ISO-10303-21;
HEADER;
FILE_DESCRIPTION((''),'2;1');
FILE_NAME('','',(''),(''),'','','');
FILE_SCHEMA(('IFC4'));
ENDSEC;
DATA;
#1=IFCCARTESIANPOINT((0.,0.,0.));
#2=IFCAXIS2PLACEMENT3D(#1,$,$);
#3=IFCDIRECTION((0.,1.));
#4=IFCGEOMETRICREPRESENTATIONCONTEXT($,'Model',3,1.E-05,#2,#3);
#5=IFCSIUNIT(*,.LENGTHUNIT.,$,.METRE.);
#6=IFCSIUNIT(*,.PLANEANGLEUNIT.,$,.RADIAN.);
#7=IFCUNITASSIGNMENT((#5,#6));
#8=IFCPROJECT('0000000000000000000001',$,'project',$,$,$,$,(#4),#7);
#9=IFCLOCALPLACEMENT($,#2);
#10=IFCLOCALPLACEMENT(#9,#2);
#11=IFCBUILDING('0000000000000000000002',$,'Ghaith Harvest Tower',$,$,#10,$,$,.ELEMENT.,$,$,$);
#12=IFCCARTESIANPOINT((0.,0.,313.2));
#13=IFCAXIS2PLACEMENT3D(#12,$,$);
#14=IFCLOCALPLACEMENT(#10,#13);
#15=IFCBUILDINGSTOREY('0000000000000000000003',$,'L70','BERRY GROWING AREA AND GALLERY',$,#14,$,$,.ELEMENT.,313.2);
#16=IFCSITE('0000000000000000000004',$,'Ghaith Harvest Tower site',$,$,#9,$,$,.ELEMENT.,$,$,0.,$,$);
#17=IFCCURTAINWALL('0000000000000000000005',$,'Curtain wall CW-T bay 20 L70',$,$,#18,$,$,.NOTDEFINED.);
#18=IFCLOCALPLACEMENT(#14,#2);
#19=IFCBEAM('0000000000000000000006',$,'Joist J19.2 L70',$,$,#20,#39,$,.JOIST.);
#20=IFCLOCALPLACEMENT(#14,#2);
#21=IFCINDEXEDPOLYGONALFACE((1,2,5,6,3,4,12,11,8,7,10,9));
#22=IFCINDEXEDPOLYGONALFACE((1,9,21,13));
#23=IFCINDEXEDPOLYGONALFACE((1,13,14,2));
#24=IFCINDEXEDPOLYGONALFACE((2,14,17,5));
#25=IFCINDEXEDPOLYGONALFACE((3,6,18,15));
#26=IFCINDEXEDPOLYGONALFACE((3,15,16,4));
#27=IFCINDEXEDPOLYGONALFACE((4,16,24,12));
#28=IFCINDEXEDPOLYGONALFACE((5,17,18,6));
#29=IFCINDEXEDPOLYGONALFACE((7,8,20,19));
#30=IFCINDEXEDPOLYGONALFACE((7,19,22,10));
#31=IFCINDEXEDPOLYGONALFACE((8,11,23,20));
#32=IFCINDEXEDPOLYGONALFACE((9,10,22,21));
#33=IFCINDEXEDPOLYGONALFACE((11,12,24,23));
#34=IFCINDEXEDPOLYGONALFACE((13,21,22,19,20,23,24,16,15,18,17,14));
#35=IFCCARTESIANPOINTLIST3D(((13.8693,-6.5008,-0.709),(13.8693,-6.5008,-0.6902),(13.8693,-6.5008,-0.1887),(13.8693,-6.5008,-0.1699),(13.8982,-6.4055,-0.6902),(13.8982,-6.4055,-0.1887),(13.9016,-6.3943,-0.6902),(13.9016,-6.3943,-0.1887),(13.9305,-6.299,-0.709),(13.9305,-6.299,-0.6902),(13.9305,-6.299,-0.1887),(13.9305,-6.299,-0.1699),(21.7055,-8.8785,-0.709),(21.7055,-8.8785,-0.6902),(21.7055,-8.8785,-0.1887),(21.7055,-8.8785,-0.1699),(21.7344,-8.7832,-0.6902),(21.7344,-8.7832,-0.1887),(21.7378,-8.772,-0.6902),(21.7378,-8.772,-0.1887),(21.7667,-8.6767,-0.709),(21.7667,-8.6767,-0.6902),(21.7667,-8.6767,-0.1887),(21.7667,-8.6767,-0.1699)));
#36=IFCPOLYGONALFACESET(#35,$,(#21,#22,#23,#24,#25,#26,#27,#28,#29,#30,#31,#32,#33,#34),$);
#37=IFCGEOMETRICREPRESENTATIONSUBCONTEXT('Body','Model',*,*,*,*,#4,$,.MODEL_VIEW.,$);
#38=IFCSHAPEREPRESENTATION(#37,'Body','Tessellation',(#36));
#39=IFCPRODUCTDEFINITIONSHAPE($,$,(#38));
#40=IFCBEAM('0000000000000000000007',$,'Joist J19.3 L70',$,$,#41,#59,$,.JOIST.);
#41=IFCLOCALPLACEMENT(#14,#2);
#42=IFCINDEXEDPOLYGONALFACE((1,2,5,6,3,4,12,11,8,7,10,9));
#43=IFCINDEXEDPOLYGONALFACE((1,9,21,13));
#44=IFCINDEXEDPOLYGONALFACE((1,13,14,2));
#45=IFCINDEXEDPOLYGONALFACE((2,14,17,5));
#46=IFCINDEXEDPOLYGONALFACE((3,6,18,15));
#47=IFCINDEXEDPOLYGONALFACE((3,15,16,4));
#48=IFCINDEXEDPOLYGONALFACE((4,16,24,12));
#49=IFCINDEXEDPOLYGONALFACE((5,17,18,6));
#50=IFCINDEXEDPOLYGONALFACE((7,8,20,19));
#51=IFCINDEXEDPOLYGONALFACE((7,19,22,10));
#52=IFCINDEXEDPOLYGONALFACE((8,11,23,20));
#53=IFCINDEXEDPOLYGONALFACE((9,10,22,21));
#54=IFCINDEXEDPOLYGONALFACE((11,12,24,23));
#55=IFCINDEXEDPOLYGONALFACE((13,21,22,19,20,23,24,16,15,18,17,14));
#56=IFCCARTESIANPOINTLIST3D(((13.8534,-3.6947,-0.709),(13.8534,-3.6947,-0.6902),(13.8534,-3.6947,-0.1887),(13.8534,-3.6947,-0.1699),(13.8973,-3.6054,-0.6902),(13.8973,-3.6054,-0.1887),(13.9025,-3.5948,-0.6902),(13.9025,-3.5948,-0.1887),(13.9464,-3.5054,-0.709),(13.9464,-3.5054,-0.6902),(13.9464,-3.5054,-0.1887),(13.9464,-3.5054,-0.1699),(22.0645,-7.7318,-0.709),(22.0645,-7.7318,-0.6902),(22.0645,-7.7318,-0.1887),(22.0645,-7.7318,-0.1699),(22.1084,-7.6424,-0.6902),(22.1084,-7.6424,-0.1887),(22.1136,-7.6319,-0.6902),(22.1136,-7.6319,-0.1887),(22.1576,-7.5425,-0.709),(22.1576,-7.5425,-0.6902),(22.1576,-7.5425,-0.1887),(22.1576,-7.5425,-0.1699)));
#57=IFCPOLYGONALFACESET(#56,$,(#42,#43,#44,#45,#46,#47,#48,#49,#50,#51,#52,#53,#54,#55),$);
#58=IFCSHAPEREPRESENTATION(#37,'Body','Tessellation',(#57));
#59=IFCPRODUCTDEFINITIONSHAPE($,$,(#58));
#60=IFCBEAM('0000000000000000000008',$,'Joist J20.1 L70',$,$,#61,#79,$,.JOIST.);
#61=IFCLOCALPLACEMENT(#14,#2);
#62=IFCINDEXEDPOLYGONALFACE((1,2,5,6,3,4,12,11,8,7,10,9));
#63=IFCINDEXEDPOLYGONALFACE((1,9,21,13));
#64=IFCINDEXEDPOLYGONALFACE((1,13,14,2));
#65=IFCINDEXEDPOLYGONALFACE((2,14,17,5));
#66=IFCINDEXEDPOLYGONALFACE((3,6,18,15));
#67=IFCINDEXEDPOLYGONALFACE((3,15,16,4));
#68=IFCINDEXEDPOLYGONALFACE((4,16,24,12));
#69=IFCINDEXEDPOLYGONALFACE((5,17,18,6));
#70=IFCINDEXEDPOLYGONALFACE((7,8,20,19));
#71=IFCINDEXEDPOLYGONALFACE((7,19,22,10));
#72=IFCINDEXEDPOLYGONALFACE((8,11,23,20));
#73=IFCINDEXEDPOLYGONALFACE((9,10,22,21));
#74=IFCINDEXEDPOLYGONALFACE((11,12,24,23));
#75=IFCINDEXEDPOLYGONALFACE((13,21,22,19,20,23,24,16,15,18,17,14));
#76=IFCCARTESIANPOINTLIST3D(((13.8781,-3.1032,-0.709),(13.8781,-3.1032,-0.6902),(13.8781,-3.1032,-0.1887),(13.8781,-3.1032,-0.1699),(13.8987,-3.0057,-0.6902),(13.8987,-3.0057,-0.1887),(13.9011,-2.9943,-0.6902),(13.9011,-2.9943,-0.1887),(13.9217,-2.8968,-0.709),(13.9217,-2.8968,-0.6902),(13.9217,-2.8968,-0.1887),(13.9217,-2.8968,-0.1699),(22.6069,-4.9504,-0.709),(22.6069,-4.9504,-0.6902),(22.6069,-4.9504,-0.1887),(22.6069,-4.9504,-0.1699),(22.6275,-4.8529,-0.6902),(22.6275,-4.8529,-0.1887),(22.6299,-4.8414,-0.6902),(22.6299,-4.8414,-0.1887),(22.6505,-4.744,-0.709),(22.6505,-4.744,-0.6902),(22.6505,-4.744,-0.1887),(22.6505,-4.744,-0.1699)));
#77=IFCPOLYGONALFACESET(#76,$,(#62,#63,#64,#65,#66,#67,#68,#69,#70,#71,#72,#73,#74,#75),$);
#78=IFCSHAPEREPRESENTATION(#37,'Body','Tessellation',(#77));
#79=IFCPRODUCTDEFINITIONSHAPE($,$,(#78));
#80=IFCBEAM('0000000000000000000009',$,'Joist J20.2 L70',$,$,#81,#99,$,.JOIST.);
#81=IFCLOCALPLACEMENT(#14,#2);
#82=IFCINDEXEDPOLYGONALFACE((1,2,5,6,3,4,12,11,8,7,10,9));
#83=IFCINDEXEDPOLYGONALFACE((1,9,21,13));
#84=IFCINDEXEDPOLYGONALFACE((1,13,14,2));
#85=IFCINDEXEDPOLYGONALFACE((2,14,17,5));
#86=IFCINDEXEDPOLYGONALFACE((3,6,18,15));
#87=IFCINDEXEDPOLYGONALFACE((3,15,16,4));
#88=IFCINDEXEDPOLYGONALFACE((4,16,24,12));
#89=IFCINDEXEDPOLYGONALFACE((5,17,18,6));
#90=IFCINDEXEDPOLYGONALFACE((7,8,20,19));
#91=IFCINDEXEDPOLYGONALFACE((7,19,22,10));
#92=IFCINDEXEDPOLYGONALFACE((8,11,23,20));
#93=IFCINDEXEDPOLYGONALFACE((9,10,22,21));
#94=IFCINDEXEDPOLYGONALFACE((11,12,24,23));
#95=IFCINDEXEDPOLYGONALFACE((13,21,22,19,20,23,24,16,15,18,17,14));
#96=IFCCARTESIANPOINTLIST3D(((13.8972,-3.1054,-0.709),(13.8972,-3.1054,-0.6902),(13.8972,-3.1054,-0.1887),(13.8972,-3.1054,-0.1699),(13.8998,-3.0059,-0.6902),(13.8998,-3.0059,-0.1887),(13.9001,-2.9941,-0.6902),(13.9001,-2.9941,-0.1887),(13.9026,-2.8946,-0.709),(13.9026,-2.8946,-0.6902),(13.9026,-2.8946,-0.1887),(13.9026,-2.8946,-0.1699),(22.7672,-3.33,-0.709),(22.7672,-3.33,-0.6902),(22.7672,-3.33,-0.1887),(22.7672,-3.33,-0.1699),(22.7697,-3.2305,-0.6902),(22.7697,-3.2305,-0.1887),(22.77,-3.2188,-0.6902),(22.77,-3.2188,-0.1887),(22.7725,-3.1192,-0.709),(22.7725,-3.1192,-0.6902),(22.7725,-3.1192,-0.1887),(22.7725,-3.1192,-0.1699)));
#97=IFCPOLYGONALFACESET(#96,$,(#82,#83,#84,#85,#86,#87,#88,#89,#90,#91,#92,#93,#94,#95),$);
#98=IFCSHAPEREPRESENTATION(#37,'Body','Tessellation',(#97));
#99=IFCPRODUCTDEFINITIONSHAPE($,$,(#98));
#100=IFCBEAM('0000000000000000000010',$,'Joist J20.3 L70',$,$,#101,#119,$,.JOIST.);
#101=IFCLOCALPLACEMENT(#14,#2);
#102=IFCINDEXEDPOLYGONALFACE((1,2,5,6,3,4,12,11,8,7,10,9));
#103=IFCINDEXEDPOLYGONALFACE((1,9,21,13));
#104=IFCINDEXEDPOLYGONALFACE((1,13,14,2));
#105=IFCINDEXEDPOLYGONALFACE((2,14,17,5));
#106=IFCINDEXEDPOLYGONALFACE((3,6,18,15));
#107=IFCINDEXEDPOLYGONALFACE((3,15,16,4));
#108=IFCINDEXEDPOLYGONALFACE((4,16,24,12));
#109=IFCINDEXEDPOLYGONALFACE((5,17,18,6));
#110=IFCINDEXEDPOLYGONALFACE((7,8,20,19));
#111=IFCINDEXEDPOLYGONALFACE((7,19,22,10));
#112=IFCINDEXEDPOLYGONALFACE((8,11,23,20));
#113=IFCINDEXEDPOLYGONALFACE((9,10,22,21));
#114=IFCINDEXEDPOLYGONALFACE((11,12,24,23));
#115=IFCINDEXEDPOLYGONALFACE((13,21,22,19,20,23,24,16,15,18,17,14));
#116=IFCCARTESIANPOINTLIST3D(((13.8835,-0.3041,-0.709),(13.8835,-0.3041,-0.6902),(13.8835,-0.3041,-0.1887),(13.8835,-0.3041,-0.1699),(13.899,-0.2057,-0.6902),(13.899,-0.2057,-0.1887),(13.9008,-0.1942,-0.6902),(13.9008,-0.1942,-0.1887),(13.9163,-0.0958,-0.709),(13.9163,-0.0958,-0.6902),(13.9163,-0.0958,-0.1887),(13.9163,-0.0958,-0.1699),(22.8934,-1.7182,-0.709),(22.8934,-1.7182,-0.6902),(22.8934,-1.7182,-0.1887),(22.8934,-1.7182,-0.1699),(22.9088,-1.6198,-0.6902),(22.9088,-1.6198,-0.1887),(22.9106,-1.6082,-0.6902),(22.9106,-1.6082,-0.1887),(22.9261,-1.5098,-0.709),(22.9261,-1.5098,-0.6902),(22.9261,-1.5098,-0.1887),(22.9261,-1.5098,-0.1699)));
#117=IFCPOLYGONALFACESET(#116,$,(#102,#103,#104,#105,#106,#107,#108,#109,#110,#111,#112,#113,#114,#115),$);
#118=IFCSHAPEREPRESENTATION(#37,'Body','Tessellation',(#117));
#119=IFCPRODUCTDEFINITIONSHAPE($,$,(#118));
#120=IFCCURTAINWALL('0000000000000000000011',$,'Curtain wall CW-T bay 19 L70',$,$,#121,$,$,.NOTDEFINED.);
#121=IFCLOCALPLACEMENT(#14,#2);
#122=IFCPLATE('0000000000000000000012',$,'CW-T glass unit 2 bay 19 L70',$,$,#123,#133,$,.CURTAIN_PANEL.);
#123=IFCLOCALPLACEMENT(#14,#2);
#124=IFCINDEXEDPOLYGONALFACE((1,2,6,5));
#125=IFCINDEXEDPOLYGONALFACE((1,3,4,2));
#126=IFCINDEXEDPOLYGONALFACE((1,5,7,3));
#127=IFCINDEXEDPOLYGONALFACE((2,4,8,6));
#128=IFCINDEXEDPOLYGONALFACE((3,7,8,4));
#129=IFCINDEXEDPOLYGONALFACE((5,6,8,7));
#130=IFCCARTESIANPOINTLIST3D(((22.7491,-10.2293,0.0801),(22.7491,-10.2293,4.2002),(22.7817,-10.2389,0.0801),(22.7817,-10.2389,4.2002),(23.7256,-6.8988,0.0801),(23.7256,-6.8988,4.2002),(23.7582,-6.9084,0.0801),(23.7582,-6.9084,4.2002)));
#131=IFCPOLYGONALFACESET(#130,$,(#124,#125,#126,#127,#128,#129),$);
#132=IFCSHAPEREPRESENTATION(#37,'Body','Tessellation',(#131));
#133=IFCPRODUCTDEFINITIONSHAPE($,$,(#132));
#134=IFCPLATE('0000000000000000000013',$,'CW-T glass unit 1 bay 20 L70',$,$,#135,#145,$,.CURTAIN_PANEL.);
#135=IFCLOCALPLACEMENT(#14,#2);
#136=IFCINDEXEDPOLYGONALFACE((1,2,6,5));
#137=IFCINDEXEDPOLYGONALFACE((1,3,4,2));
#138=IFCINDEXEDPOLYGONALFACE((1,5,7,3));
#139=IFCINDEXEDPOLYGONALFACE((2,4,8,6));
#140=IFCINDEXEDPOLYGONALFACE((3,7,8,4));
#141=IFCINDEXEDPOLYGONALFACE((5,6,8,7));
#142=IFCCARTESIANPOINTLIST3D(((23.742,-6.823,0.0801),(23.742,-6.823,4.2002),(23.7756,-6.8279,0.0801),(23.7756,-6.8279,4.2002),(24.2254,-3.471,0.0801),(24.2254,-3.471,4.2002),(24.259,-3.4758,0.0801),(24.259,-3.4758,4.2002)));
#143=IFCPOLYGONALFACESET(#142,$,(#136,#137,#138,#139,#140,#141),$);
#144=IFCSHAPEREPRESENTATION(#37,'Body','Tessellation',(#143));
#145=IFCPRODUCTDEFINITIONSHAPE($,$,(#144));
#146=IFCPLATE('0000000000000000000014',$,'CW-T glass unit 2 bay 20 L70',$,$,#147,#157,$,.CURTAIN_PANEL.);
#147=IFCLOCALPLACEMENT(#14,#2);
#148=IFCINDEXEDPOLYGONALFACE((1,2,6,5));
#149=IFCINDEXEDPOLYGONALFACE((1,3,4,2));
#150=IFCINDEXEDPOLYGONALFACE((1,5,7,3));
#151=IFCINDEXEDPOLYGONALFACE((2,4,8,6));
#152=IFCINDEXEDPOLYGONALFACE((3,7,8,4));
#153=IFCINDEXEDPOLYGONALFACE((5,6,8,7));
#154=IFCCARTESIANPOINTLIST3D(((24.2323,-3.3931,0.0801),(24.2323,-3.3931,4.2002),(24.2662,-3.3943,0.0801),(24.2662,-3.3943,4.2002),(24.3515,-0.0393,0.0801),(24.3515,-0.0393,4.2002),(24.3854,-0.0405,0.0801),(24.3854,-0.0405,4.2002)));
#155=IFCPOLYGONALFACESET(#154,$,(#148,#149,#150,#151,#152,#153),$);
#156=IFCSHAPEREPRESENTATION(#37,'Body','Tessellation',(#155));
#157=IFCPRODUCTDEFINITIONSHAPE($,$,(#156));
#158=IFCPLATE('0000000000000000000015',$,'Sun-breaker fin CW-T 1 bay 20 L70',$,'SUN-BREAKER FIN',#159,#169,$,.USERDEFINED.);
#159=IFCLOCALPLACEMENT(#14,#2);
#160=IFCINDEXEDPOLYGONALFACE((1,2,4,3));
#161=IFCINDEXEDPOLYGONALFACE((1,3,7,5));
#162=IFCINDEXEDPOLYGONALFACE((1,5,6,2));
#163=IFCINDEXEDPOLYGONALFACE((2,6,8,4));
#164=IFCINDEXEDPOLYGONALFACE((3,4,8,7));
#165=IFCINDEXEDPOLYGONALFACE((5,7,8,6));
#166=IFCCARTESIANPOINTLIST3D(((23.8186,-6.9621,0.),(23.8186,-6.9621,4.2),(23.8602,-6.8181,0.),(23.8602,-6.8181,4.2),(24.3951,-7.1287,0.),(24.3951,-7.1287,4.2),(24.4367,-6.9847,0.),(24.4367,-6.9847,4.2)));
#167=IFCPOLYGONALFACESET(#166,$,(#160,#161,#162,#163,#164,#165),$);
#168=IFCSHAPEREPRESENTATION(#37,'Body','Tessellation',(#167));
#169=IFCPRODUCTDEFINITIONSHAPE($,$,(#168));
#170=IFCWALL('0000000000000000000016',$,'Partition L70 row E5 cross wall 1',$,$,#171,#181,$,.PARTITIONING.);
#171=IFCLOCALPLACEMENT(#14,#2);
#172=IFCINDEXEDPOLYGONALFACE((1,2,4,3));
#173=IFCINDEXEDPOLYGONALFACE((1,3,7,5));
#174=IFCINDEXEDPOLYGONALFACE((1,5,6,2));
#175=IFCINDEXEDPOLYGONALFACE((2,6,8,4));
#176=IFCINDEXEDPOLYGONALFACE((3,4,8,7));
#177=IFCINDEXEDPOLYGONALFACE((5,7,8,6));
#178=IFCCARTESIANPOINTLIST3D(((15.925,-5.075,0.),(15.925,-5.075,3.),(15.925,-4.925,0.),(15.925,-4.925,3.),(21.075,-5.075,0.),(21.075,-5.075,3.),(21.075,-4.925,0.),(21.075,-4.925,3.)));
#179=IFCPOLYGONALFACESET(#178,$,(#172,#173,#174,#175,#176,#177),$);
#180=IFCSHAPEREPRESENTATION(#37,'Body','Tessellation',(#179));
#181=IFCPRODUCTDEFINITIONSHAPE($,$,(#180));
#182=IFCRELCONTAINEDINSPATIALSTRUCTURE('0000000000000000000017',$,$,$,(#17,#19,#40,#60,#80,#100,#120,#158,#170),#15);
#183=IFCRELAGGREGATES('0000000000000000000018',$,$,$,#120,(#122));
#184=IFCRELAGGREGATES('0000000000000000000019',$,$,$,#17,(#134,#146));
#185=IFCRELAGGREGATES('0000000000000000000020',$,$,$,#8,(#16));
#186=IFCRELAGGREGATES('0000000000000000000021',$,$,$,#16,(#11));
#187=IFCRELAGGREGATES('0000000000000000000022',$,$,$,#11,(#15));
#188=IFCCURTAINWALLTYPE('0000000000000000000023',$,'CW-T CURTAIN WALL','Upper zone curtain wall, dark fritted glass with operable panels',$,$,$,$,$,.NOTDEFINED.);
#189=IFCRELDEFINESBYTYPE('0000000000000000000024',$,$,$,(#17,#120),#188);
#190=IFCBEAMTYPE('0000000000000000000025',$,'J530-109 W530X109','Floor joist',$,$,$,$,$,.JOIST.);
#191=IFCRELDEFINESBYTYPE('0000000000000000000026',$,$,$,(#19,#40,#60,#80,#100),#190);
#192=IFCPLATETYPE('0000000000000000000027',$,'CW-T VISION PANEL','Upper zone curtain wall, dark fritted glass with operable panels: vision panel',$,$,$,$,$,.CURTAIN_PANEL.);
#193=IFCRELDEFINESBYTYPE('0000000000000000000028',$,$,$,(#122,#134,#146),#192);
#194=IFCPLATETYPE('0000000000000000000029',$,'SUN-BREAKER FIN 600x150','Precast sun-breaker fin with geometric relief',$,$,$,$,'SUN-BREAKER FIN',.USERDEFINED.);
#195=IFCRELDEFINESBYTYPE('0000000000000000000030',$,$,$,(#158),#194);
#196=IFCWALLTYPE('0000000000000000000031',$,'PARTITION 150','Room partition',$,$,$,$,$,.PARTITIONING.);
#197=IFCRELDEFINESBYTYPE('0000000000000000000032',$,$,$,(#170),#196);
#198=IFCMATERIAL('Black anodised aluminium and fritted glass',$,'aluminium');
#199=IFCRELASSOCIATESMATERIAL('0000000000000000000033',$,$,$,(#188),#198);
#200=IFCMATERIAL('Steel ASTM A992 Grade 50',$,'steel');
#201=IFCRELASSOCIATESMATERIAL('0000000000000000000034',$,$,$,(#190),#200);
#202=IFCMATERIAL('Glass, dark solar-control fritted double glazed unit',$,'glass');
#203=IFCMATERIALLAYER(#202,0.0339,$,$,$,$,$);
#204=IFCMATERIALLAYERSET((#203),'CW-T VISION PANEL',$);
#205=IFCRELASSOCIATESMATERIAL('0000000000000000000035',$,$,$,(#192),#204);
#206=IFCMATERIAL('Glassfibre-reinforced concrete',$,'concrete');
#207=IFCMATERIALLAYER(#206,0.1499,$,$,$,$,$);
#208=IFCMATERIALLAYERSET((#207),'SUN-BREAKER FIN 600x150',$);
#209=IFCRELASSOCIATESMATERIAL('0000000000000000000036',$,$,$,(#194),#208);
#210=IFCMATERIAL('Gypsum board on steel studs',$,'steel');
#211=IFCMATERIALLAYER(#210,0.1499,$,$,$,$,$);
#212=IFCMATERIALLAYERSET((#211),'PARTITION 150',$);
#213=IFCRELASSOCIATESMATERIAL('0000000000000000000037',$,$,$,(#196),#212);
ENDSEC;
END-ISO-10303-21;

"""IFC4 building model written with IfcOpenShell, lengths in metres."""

from ifc_helpers import new_model, si_unit, direction, frame, frame_2d, origin, origin_2d, place, context, subcontext, project, spatial, rectangle, i_section, extrude, material, layer, layer_set, material_profile, profile_set, type_object, element, aggregate, save


model = new_model("IFC4")

# Units and contexts
model_context = context("Model", 3, precision=1e-05, world=origin(), true_north=direction((0.0, 1.0)))
body_context = subcontext(model_context, "Body", "Model", "MODEL_VIEW")
ifc_project = project(units=[si_unit("LENGTHUNIT", "METRE"), si_unit("PLANEANGLEUNIT", "RADIAN")], contexts=[model_context])

# Site, building, storey
site_placement = place(None, origin())
site = spatial("IfcSite", under=ifc_project, at=site_placement, Name="Ghaith Harvest Tower site", CompositionType="ELEMENT", RefElevation=0.0)
building_placement = place(site_placement, origin())
building = spatial("IfcBuilding", under=site, at=building_placement, Name="Ghaith Harvest Tower", CompositionType="ELEMENT")
storey_placement = place(building_placement, frame((0.0, 0.0, 313.2)))
storey = spatial("IfcBuildingStorey", under=building, at=storey_placement, Name="L70", Description="BERRY GROWING AREA AND GALLERY", CompositionType="ELEMENT", Elevation=313.2)

# Curtain wall
ifc_material_1 = material(Name="Black anodised aluminium and fritted glass", Category="aluminium")
curtain_wall_type = type_object("IfcCurtainWallType", Name="CW-T CURTAIN WALL", Description="Upper zone curtain wall, dark fritted glass with operable panels", PredefinedType="NOTDEFINED", material=ifc_material_1)
curtain_wall_1_placement = place(storey_placement, origin())
curtain_wall_1 = element("IfcCurtainWall", 1, at=curtain_wall_1_placement, inside=storey, type_object=curtain_wall_type, Name="Curtain wall CW-T bay 20 L70", PredefinedType="NOTDEFINED")

# Beams
ifc_material_2 = material(Name="Steel ASTM A992 Grade 50", Category="steel")
ifc_material_profile_1 = material_profile(ifc_material_2, i_section(OverallWidth=0.2109, OverallDepth=0.5391, WebThickness=0.0117, FlangeThickness=0.0188, at=origin_2d()), Name="W530X109")
ifc_profile_set_1 = profile_set([ifc_material_profile_1], Name="Steel ASTM A992 Grade 50")
beam_type_1 = type_object("IfcBeamType", Name="J530-109 W530X109", Description="Floor joist", PredefinedType="JOIST", material=ifc_profile_set_1)
beam_1_placement = place(storey_placement, frame((13.8999, -6.3999, -0.4395), z_axis=(0.95692, -0.290352, 0.0), x_axis=(0.290352, 0.95692, 0.0)))
element("IfcBeam", 2, at=beam_1_placement, inside=storey, type_object=beam_type_1, Name="Joist J19.2 L70", PredefinedType="JOIST", context=body_context, shape_type="SweptSolid", body=[
    extrude(i_section(OverallWidth=0.2109, OverallDepth=0.5391, WebThickness=0.0117, FlangeThickness=0.0188, at=origin_2d()), origin(), (0.0, 0.0, 1.0), 8.189),
])
beam_2_placement = place(storey_placement, frame((13.8999, -3.6001, -0.4395), z_axis=(0.897401, -0.441216, 0.0), x_axis=(0.441216, 0.897401, 0.0)))
element("IfcBeam", 3, at=beam_2_placement, inside=storey, type_object=beam_type_1, Name="Joist J19.3 L70", PredefinedType="JOIST", context=body_context, shape_type="SweptSolid", body=[
    extrude(i_section(OverallWidth=0.2109, OverallDepth=0.5391, WebThickness=0.0117, FlangeThickness=0.0188, at=origin_2d()), origin(), (0.0, 0.0, 1.0), 9.1499),
])
beam_3_placement = place(storey_placement, frame((13.8999, -3.0, -0.4395), z_axis=(0.978334, -0.207034, 0.0), x_axis=(0.207034, 0.978334, 0.0)))
element("IfcBeam", 4, at=beam_3_placement, inside=storey, type_object=beam_type_1, Name="Joist J20.1 L70", PredefinedType="JOIST", context=body_context, shape_type="SweptSolid", body=[
    extrude(i_section(OverallWidth=0.2109, OverallDepth=0.5391, WebThickness=0.0117, FlangeThickness=0.0188, at=origin_2d()), origin(), (0.0, 0.0, 1.0), 8.9221),
])
beam_4_placement = place(storey_placement, frame((13.8999, -3.0, -0.4395), z_axis=(0.99968, -0.025315, 0.0), x_axis=(0.025315, 0.99968, 0.0)))
element("IfcBeam", 5, at=beam_4_placement, inside=storey, type_object=beam_type_1, Name="Joist J20.2 L70", PredefinedType="JOIST", context=body_context, shape_type="SweptSolid", body=[
    extrude(i_section(OverallWidth=0.2109, OverallDepth=0.5391, WebThickness=0.0117, FlangeThickness=0.0188, at=origin_2d()), origin(), (0.0, 0.0, 1.0), 8.8728),
])
beam_5_placement = place(storey_placement, frame((13.8999, -0.2, -0.4395), z_axis=(0.987907, -0.15505, 0.0), x_axis=(0.15505, 0.987907, 0.0)))
element("IfcBeam", 6, at=beam_5_placement, inside=storey, type_object=beam_type_1, Name="Joist J20.3 L70", PredefinedType="JOIST", context=body_context, shape_type="SweptSolid", body=[
    extrude(i_section(OverallWidth=0.2109, OverallDepth=0.5391, WebThickness=0.0117, FlangeThickness=0.0188, at=origin_2d()), origin(), (0.0, 0.0, 1.0), 9.1201),
])

# Curtain wall, plate
curtain_wall_2_placement = place(storey_placement, origin())
curtain_wall_2 = element("IfcCurtainWall", 7, at=curtain_wall_2_placement, inside=storey, type_object=curtain_wall_type, Name="Curtain wall CW-T bay 19 L70", PredefinedType="NOTDEFINED")
ifc_material_3 = material(Name="Glass, dark solar-control fritted double glazed unit", Category="glass")
ifc_layer_1 = layer(ifc_material_3, 0.0339)
ifc_layer_set_1 = layer_set([ifc_layer_1], Name="CW-T VISION PANEL")
plate_type_1 = type_object("IfcPlateType", Name="CW-T VISION PANEL", Description="Upper zone curtain wall, dark fritted glass with operable panels: vision panel", PredefinedType="CURTAIN_PANEL", material=ifc_layer_set_1)
plate_1_placement = place(storey_placement, frame((23.2537, -8.5688, 0.0801), z_axis=(0.0, 0.0, 1.0), x_axis=(0.281345, 0.959607, 0.0)))
plate_1 = element("IfcPlate", 8, at=plate_1_placement, type_object=plate_type_1, Name="CW-T glass unit 2 bay 19 L70", PredefinedType="CURTAIN_PANEL", context=body_context, shape_type="SweptSolid", body=[
    extrude(rectangle(XDim=3.4707, YDim=0.0339, at=origin_2d()), origin(), (0.0, 0.0, 1.0), 4.1201),
])
aggregate(curtain_wall_2, [plate_1])

# Plates
plate_2_placement = place(storey_placement, frame((24.0005, -5.1494, 0.0801), z_axis=(0.0, 0.0, 1.0), x_axis=(0.14273, 0.989762, 0.0)))
plate_2 = element("IfcPlate", 9, at=plate_2_placement, type_object=plate_type_1, Name="CW-T glass unit 1 bay 20 L70", PredefinedType="CURTAIN_PANEL", context=body_context, shape_type="SweptSolid", body=[
    extrude(rectangle(XDim=3.3867, YDim=0.0339, at=origin_2d()), origin(), (0.0, 0.0, 1.0), 4.1201),
])
plate_3_placement = place(storey_placement, frame((24.3088, -1.7168, 0.0801), z_axis=(0.0, 0.0, 1.0), x_axis=(0.035536, 0.999368, 0.0)))
plate_3 = element("IfcPlate", 10, at=plate_3_placement, type_object=plate_type_1, Name="CW-T glass unit 2 bay 20 L70", PredefinedType="CURTAIN_PANEL", context=body_context, shape_type="SweptSolid", body=[
    extrude(rectangle(XDim=3.356, YDim=0.0339, at=origin_2d()), origin(), (0.0, 0.0, 1.0), 4.1201),
])
aggregate(curtain_wall_1, [plate_2, plate_3])
ifc_material_4 = material(Name="Glassfibre-reinforced concrete", Category="concrete")
ifc_layer_2 = layer(ifc_material_4, 0.1499)
ifc_layer_set_2 = layer_set([ifc_layer_2], Name="SUN-BREAKER FIN 600x150")
plate_type_2 = type_object("IfcPlateType", Name="SUN-BREAKER FIN 600x150", Description="Precast sun-breaker fin with geometric relief", ElementType="SUN-BREAKER FIN", PredefinedType="USERDEFINED", material=ifc_layer_set_2)
plate_4_placement = place(storey_placement, frame((24.1277, -6.9734, 0.0), z_axis=(0.0, 0.0, 1.0), x_axis=(0.96068, -0.277657, 0.0)))
element("IfcPlate", 11, at=plate_4_placement, inside=storey, type_object=plate_type_2, Name="Sun-breaker fin CW-T 1 bay 20 L70", ObjectType="SUN-BREAKER FIN", PredefinedType="USERDEFINED", context=body_context, shape_type="SweptSolid", body=[
    extrude(rectangle(XDim=0.6001, YDim=0.1499, at=origin_2d()), origin(), (0.0, 0.0, 1.0), 4.2),
])

# Wall
ifc_material_5 = material(Name="Gypsum board on steel studs", Category="steel")
ifc_layer_3 = layer(ifc_material_5, 0.1499)
ifc_layer_set_3 = layer_set([ifc_layer_3], Name="PARTITION 150")
wall_type_1 = type_object("IfcWallType", Name="PARTITION 150", Description="Room partition", PredefinedType="PARTITIONING", material=ifc_layer_set_3)
wall_1_placement = place(storey_placement, frame((15.925, -5.0, 0.0), z_axis=(0.0, 0.0, 1.0), x_axis=(1.0, 0.0, 0.0)))
element("IfcWall", 12, at=wall_1_placement, inside=storey, type_object=wall_type_1, Name="Partition L70 row E5 cross wall 1", PredefinedType="PARTITIONING", context=body_context, shape_type="SweptSolid", body=[
    extrude(rectangle(XDim=5.1499, YDim=0.1499, at=frame_2d((2.575, 0.0))), origin(), (0.0, 0.0, 1.0), 3.0),
])

save(model, "model.ifc")
